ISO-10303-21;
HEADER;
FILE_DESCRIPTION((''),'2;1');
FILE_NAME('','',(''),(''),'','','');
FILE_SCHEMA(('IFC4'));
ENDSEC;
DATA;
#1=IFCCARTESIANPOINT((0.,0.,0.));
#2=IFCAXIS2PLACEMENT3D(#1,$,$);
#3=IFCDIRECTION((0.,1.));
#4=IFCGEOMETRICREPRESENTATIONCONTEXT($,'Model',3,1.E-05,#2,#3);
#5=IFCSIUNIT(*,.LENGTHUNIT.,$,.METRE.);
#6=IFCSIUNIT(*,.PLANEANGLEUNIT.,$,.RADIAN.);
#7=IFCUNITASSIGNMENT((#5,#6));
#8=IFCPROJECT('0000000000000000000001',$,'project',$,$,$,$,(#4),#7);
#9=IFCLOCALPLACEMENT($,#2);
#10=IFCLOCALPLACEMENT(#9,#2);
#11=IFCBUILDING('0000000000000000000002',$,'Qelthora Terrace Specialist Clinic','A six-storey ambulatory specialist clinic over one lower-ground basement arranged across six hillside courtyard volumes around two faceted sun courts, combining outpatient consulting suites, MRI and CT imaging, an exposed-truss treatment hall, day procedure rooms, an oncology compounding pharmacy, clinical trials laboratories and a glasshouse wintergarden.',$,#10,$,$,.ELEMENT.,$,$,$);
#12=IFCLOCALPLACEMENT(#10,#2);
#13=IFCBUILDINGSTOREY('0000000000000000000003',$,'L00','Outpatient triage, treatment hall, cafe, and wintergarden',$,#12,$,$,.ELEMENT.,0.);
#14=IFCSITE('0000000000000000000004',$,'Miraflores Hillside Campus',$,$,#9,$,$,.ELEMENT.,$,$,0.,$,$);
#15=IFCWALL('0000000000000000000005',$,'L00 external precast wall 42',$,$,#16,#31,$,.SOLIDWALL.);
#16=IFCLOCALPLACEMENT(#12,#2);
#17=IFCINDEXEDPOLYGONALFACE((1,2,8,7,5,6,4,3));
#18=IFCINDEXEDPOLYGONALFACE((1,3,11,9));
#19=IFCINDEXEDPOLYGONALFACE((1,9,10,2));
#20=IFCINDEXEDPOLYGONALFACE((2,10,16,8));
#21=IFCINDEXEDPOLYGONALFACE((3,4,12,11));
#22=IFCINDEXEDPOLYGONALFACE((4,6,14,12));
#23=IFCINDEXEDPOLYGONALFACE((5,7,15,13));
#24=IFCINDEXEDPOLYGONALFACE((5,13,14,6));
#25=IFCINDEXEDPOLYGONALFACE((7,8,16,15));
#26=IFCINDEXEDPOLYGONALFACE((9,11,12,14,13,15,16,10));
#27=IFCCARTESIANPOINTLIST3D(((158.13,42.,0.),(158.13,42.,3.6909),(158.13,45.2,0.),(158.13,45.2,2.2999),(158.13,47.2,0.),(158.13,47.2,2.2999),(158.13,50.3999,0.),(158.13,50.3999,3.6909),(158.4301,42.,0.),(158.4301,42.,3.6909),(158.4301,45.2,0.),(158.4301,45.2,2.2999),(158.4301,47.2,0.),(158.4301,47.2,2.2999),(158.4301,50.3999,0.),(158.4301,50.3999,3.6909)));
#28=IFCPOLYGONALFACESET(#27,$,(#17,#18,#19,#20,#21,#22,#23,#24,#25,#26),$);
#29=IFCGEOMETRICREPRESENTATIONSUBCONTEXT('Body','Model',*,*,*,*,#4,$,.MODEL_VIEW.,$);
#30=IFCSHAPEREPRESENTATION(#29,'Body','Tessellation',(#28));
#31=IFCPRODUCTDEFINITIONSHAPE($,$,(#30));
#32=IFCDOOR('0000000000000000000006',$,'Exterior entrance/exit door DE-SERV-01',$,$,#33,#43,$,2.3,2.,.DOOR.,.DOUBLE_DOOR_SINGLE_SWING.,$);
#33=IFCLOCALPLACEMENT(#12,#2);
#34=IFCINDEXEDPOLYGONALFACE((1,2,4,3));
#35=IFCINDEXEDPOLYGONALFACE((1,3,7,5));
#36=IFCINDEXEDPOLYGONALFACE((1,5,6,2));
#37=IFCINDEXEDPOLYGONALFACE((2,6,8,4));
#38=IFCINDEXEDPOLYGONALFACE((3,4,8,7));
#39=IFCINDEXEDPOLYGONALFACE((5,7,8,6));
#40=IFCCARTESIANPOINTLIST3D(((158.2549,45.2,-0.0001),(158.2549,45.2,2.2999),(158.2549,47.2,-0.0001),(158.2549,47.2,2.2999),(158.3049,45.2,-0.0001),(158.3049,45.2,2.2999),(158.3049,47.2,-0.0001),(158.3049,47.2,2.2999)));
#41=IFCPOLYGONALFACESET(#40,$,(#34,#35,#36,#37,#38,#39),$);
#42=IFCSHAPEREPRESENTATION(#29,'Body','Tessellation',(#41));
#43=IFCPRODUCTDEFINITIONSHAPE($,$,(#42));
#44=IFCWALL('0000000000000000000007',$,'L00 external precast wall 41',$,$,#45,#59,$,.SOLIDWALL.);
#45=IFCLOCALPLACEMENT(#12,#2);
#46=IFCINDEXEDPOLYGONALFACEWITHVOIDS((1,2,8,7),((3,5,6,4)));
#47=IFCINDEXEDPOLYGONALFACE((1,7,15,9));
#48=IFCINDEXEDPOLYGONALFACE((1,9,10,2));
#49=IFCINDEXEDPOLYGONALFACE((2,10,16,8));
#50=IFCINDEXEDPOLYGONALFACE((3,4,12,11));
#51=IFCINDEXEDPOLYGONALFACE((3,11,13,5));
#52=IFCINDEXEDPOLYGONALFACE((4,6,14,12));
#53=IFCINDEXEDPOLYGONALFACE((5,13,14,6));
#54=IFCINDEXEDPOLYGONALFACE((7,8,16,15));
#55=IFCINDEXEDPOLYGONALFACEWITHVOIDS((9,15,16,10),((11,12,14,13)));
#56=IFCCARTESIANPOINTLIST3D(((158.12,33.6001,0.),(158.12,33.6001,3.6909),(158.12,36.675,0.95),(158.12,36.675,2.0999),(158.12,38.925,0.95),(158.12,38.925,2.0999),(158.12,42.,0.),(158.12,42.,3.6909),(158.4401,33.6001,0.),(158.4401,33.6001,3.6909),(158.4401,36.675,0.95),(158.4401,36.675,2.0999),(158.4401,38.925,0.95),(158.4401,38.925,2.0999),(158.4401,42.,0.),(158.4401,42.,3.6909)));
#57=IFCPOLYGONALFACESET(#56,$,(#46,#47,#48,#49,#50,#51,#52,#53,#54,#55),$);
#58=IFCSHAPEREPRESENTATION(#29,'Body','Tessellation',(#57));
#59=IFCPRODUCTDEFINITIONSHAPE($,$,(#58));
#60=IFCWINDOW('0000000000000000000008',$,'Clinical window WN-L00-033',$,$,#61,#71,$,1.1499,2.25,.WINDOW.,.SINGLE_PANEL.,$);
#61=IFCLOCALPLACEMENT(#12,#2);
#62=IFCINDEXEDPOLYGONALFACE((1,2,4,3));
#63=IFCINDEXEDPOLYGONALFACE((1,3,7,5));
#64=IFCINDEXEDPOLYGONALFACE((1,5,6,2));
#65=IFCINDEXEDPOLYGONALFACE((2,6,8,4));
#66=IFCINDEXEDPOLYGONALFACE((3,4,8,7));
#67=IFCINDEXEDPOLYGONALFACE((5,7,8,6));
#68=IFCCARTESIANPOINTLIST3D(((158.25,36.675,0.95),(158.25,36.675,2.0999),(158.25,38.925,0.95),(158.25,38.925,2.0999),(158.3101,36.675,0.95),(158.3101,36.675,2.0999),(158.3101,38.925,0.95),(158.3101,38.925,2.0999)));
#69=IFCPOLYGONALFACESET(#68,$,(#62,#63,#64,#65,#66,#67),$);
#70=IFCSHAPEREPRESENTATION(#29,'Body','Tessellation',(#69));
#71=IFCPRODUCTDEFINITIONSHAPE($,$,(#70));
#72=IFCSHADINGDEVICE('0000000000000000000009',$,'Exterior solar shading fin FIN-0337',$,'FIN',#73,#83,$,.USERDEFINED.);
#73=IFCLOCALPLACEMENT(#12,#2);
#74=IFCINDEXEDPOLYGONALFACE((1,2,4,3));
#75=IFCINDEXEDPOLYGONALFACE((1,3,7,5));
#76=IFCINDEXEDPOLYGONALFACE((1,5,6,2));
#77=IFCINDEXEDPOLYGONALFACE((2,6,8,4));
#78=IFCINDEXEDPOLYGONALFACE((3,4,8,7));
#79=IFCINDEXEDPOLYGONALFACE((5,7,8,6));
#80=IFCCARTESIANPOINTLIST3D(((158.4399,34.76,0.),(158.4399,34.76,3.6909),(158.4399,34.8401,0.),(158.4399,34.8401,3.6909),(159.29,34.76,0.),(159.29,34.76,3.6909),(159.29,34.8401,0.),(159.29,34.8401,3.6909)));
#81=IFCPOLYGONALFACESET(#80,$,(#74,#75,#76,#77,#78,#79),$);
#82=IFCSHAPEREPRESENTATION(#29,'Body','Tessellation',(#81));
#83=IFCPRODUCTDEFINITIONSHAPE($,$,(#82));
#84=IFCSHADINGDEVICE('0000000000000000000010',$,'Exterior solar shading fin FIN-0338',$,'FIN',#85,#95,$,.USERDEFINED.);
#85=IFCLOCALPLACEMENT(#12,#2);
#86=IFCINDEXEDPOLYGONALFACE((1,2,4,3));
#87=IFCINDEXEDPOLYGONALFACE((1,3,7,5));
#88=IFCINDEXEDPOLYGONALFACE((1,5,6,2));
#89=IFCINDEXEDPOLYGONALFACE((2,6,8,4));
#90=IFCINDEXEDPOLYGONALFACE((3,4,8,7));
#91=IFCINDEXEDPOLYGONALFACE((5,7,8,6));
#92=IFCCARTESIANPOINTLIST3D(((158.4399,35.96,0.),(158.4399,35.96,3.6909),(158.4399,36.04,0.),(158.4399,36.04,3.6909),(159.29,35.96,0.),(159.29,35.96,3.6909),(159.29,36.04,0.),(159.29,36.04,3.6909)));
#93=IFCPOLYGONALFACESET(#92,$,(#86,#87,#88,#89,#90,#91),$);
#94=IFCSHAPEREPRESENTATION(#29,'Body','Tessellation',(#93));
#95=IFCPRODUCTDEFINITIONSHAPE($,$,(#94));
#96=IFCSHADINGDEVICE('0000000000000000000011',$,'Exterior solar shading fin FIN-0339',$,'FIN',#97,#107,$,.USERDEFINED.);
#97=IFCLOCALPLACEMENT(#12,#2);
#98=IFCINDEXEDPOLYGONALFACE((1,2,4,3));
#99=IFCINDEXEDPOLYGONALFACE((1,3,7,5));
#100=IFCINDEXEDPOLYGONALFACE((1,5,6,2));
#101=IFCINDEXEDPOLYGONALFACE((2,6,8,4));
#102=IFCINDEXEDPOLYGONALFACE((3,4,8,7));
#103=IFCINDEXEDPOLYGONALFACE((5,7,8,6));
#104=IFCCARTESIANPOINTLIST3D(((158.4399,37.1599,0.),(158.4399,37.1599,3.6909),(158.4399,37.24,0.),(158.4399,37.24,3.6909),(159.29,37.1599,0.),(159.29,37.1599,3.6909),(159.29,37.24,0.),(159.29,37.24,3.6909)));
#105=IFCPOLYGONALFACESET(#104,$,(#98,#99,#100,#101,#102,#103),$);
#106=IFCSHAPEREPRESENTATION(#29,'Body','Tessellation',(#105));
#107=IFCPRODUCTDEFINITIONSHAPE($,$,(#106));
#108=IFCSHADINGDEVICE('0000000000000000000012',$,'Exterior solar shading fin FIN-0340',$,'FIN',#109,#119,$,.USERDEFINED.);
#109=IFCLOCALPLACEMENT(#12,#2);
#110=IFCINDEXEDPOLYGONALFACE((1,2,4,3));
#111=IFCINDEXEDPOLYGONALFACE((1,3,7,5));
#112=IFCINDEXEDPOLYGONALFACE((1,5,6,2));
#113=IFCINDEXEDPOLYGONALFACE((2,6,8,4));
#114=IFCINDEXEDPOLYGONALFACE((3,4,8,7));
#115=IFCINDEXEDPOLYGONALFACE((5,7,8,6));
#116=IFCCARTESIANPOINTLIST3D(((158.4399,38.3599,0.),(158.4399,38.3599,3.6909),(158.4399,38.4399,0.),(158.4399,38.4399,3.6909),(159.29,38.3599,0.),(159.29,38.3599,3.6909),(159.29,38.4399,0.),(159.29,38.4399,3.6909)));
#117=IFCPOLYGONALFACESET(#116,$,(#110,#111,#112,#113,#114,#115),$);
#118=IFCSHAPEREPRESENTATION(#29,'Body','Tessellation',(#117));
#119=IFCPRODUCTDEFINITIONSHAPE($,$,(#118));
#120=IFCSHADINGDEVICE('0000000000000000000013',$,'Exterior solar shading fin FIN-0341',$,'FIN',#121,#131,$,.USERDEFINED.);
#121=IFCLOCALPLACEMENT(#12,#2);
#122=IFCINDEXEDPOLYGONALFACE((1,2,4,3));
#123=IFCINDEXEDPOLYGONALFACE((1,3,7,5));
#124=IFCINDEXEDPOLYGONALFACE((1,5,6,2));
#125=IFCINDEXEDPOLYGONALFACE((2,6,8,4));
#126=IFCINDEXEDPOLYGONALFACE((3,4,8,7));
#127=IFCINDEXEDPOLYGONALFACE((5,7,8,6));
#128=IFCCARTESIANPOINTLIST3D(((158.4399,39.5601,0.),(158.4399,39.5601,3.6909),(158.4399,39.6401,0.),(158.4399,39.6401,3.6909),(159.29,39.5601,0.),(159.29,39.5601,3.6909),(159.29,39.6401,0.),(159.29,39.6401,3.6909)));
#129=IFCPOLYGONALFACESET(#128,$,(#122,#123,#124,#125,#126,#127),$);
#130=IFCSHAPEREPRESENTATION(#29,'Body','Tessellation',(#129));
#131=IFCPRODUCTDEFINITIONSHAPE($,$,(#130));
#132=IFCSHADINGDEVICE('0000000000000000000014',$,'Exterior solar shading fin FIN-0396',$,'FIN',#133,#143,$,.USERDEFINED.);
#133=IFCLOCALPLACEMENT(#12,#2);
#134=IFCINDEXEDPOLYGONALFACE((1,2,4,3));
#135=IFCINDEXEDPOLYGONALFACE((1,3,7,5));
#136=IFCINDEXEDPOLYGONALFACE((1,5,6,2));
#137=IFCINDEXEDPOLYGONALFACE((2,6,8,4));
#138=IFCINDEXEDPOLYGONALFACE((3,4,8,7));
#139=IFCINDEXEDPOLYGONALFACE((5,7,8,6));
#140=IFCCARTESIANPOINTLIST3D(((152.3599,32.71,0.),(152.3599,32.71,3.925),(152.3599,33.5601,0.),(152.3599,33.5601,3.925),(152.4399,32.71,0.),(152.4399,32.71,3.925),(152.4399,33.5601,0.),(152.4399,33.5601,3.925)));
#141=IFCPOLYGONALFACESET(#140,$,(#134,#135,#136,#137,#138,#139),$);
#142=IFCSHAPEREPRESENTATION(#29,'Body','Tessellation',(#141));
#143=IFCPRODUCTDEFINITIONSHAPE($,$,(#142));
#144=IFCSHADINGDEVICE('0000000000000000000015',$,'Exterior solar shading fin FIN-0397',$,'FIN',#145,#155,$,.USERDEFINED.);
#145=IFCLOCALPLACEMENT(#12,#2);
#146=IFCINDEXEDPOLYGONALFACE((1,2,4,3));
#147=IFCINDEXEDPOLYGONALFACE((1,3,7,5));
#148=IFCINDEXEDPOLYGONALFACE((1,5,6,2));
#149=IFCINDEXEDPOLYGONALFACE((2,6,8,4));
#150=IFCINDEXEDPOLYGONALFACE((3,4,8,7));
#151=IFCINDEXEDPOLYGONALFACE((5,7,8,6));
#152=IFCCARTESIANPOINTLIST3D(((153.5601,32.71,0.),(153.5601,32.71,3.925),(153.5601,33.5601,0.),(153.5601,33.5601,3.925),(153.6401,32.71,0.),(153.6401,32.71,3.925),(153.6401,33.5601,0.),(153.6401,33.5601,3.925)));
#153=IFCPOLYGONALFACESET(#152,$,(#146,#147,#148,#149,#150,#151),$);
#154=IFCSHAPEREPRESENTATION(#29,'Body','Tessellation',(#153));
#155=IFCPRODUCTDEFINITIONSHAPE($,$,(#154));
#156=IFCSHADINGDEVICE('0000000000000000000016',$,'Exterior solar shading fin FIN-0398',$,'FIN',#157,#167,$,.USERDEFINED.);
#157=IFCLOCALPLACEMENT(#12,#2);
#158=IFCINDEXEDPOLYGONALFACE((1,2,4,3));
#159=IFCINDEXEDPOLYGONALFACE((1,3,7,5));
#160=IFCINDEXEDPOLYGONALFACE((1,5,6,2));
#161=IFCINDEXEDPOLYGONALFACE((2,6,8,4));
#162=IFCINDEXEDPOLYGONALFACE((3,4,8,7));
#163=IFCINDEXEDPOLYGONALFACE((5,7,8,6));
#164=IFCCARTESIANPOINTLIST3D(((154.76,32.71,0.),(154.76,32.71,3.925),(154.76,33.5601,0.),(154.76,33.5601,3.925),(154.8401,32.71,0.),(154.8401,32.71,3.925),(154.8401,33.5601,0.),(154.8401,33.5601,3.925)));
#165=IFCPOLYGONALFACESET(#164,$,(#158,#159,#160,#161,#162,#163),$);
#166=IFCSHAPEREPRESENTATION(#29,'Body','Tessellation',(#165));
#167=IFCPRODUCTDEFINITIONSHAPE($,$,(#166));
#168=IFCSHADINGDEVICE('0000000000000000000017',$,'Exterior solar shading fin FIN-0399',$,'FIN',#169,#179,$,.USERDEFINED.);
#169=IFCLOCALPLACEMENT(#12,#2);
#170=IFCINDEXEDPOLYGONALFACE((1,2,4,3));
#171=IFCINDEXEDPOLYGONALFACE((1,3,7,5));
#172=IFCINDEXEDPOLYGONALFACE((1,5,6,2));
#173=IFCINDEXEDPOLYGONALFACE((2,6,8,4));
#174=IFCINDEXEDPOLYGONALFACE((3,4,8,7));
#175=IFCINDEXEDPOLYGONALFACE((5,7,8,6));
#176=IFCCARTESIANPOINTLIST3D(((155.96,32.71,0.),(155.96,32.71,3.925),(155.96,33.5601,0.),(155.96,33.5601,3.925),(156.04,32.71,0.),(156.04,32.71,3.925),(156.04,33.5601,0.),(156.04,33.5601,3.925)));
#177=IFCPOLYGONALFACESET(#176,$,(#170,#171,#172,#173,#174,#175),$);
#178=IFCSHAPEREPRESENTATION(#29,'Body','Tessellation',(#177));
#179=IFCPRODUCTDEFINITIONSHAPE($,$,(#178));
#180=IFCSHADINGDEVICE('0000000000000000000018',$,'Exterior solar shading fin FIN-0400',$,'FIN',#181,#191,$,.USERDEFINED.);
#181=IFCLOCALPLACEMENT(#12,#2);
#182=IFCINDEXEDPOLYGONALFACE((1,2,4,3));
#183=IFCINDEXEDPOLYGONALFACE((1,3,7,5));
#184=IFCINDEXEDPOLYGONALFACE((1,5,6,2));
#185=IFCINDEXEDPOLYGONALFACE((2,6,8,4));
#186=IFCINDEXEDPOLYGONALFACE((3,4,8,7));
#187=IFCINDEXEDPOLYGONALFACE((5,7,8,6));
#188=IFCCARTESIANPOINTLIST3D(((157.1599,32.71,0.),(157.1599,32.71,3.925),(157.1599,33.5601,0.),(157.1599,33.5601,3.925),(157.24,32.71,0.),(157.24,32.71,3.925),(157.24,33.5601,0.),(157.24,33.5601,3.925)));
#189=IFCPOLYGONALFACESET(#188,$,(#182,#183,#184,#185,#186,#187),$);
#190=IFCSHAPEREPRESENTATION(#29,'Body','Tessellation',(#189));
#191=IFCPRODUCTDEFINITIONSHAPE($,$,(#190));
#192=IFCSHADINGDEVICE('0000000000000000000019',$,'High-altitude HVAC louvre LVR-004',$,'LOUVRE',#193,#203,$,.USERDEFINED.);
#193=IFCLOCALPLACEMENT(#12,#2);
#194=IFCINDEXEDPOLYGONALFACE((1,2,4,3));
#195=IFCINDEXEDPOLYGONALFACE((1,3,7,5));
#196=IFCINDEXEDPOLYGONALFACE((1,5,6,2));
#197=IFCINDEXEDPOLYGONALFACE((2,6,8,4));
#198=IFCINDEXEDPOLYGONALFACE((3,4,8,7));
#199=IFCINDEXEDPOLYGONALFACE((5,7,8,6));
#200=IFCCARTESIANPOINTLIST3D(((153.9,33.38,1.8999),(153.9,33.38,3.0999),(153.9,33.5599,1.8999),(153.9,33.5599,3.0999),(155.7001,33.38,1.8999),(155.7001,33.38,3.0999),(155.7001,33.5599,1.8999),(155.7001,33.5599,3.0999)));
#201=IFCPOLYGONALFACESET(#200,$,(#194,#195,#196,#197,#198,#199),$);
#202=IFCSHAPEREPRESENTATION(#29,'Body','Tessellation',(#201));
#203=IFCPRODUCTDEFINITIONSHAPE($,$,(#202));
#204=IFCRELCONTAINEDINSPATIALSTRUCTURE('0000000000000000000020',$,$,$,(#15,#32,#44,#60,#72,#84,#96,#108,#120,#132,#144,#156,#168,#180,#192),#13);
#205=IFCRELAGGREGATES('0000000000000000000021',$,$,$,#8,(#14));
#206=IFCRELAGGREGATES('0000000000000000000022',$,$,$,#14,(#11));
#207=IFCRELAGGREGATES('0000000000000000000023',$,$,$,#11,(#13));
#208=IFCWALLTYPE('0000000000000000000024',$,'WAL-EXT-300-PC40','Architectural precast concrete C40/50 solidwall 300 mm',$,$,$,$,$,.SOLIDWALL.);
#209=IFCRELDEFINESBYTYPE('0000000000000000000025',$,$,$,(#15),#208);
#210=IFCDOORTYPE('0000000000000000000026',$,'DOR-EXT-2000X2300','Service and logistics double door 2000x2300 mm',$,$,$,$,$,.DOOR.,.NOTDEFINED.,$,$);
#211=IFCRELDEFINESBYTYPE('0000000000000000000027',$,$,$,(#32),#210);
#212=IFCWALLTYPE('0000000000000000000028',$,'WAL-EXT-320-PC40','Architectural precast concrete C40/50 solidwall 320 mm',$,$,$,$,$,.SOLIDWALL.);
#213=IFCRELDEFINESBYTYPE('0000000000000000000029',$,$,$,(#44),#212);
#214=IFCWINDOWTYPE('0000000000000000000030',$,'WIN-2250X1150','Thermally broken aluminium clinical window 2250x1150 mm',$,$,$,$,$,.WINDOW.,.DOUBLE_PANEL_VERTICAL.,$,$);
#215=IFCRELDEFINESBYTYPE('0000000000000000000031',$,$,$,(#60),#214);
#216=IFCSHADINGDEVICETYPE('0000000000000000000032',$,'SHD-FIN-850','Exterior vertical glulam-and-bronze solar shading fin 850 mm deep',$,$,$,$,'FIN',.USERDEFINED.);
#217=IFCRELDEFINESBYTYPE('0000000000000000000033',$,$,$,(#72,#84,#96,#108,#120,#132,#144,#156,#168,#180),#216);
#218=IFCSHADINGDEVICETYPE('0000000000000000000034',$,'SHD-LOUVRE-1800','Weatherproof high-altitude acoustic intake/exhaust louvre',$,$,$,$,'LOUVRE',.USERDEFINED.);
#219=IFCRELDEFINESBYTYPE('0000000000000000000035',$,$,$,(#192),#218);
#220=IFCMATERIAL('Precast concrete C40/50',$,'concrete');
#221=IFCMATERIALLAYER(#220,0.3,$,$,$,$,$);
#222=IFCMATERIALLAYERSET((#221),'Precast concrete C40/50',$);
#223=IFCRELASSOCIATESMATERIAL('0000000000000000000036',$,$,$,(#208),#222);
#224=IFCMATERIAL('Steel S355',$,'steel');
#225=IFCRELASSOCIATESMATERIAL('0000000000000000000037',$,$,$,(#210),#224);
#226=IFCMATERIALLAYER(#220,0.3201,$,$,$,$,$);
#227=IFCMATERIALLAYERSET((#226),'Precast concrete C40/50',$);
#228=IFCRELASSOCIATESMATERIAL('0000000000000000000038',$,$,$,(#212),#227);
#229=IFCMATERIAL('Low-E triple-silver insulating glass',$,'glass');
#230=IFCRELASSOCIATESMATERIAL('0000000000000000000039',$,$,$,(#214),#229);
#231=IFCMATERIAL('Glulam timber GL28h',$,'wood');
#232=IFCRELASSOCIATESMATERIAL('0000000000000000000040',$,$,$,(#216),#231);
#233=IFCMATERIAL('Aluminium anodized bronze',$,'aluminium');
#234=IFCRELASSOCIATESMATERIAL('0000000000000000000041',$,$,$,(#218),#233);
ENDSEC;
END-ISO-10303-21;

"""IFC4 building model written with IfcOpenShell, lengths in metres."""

from ifc_helpers import new_model, si_unit, direction, frame, frame_2d, origin, origin_2d, place, context, subcontext, project, spatial, rectangle, extrude, material, layer, layer_set, type_object, element, fill, save


model = new_model("IFC4")

# Units and contexts
model_context = context("Model", 3, precision=1e-05, world=origin(), true_north=direction((0.0, 1.0)))
body_context = subcontext(model_context, "Body", "Model", "MODEL_VIEW")
ifc_project = project(units=[si_unit("LENGTHUNIT", "METRE"), si_unit("PLANEANGLEUNIT", "RADIAN")], contexts=[model_context])

# Site, building, storey
site_placement = place(None, origin())
site = spatial("IfcSite", under=ifc_project, at=site_placement, Name="Miraflores Hillside Campus", CompositionType="ELEMENT", RefElevation=0.0)
building_placement = place(site_placement, origin())
building = spatial("IfcBuilding", under=site, at=building_placement, Name="Qelthora Terrace Specialist Clinic", Description="A six-storey ambulatory specialist clinic over one lower-ground basement arranged across six hillside courtyard volumes around two faceted sun courts, combining outpatient consulting suites, MRI and CT imaging, an exposed-truss treatment hall, day procedure rooms, an oncology compounding pharmacy, clinical trials laboratories and a glasshouse wintergarden.", CompositionType="ELEMENT")
storey_placement = place(building_placement, origin())
storey = spatial("IfcBuildingStorey", under=building, at=storey_placement, Name="L00", Description="Outpatient triage, treatment hall, cafe, and wintergarden", CompositionType="ELEMENT", Elevation=0.0)

# Shared definitions
ifc_material_1 = material(Name="Steel S355", Category="steel")

# Shared definitions
ifc_material_2 = material(Name="Aluminium anodized bronze", Category="aluminium")

# Wall, opening, door
ifc_material_3 = material(Name="Precast concrete C40/50", Category="concrete")
ifc_layer_1 = layer(ifc_material_3, 0.3)
ifc_layer_set_1 = layer_set([ifc_layer_1], Name="Precast concrete C40/50")
wall_type_1 = type_object("IfcWallType", Name="WAL-EXT-300-PC40", Description="Architectural precast concrete C40/50 solidwall 300 mm", PredefinedType="SOLIDWALL", material=ifc_layer_set_1)
wall_1_placement = place(storey_placement, frame((158.28, 42.0, 0.0), z_axis=(0.0, 0.0, 1.0), x_axis=(0.0, 1.0, 0.0)))
wall_1 = element("IfcWall", 1, at=wall_1_placement, inside=storey, type_object=wall_type_1, Name="L00 external precast wall 42", PredefinedType="SOLIDWALL", context=body_context, shape_type="SweptSolid", body=[
    extrude(rectangle(XDim=8.3999, YDim=0.3, at=frame_2d((4.2, 0.0))), origin(), (0.0, 0.0, 1.0), 3.6909),
])
opening_1_placement = place(wall_1_placement, frame((3.2, 0.0, 0.0)))
opening_1 = element("IfcOpeningElement", 2, at=opening_1_placement, cuts=wall_1, PredefinedType="OPENING", context=body_context, shape_type="SweptSolid", body=[
    extrude(rectangle(XDim=2.0, YDim=2.3, at=frame_2d((1.0, 1.1499))), frame((0.0, 0.1599, 0.0), z_axis=(0.0, -1.0, 0.0), x_axis=(1.0, 0.0, 0.0)), (0.0, 0.0, 1.0), 0.3201),
])
door_type = type_object("IfcDoorType", Name="DOR-EXT-2000X2300", Description="Service and logistics double door 2000x2300 mm", OperationType="NOTDEFINED", PredefinedType="DOOR", material=ifc_material_1)
door_placement = place(opening_1_placement, frame((2.0, 0.0, 0.0), z_axis=(0.0, 0.0, 1.0), x_axis=(-1.0, 0.0, 0.0)))
door = element("IfcDoor", 3, at=door_placement, inside=storey, type_object=door_type, Name="Exterior entrance/exit door DE-SERV-01", OperationType="DOUBLE_DOOR_SINGLE_SWING", OverallHeight=2.3, OverallWidth=2.0, PredefinedType="DOOR", context=body_context, shape_type="SweptSolid", body=[
    extrude(rectangle(XDim=2.0, YDim=2.3, at=frame_2d((1.0, 1.1499))), frame((0.0, 0.0249, 0.0), z_axis=(0.0, -1.0, 0.0), x_axis=(1.0, 0.0, 0.0)), (0.0, 0.0, 1.0), 0.05),
])
fill(opening_1, door)

# Wall, opening, window
ifc_layer_2 = layer(ifc_material_3, 0.3201)
ifc_layer_set_2 = layer_set([ifc_layer_2], Name="Precast concrete C40/50")
wall_type_2 = type_object("IfcWallType", Name="WAL-EXT-320-PC40", Description="Architectural precast concrete C40/50 solidwall 320 mm", PredefinedType="SOLIDWALL", material=ifc_layer_set_2)
wall_2_placement = place(storey_placement, frame((158.28, 33.6001, 0.0), z_axis=(0.0, 0.0, 1.0), x_axis=(0.0, 1.0, 0.0)))
wall_2 = element("IfcWall", 4, at=wall_2_placement, inside=storey, type_object=wall_type_2, Name="L00 external precast wall 41", PredefinedType="SOLIDWALL", context=body_context, shape_type="SweptSolid", body=[
    extrude(rectangle(XDim=8.3999, YDim=0.3201, at=frame_2d((4.2, 0.0))), origin(), (0.0, 0.0, 1.0), 3.6909),
])
opening_2_placement = place(wall_2_placement, frame((3.075, 0.0, 0.95)))
opening_2 = element("IfcOpeningElement", 5, at=opening_2_placement, cuts=wall_2, PredefinedType="OPENING", context=body_context, shape_type="SweptSolid", body=[
    extrude(rectangle(XDim=2.25, YDim=1.1499, at=frame_2d((1.125, 0.575))), frame((0.0, 0.1699, 0.0), z_axis=(0.0, -1.0, 0.0), x_axis=(1.0, 0.0, 0.0)), (0.0, 0.0, 1.0), 0.3401),
])
ifc_material_4 = material(Name="Low-E triple-silver insulating glass", Category="glass")
window_type = type_object("IfcWindowType", Name="WIN-2250X1150", Description="Thermally broken aluminium clinical window 2250x1150 mm", PartitioningType="DOUBLE_PANEL_VERTICAL", PredefinedType="WINDOW", material=ifc_material_4)
window_placement = place(opening_2_placement, origin())
window = element("IfcWindow", 6, at=window_placement, inside=storey, type_object=window_type, Name="Clinical window WN-L00-033", OverallHeight=1.1499, OverallWidth=2.25, PartitioningType="SINGLE_PANEL", PredefinedType="WINDOW", context=body_context, shape_type="SweptSolid", body=[
    extrude(rectangle(XDim=2.25, YDim=1.1499, at=frame_2d((1.125, 0.575))), frame((0.0, 0.03, 0.0), z_axis=(0.0, -1.0, 0.0), x_axis=(1.0, 0.0, 0.0)), (0.0, 0.0, 1.0), 0.0601),
])
fill(opening_2, window)

# Shading devices
ifc_material_5 = material(Name="Glulam timber GL28h", Category="wood")
shading_device_type_1 = type_object("IfcShadingDeviceType", Name="SHD-FIN-850", Description="Exterior vertical glulam-and-bronze solar shading fin 850 mm deep", ElementType="FIN", PredefinedType="USERDEFINED", material=ifc_material_5)
for number, where, z_axis, x_axis, name in (
    (7, (158.865, 34.8, 0.0), (0.0, 0.0, 1.0), (1.0, 0.0, 0.0), "Exterior solar shading fin FIN-0337"),
    (8, (158.865, 36.0, 0.0), (0.0, 0.0, 1.0), (1.0, 0.0, 0.0), "Exterior solar shading fin FIN-0338"),
    (9, (158.865, 37.2, 0.0), (0.0, 0.0, 1.0), (1.0, 0.0, 0.0), "Exterior solar shading fin FIN-0339"),
    (10, (158.865, 38.3999, 0.0), (0.0, 0.0, 1.0), (1.0, 0.0, 0.0), "Exterior solar shading fin FIN-0340"),
    (11, (158.865, 39.6001, 0.0), (0.0, 0.0, 1.0), (1.0, 0.0, 0.0), "Exterior solar shading fin FIN-0341"),
):
    element("IfcShadingDevice", number, at=place(storey_placement, frame(where, z_axis=z_axis, x_axis=x_axis)), inside=storey, type_object=shading_device_type_1, Name=name, ObjectType="FIN", PredefinedType="USERDEFINED", context=body_context, shape_type="SweptSolid", body=[
        extrude(rectangle(XDim=0.8501, YDim=0.0801, at=origin_2d()), origin(), (0.0, 0.0, 1.0), 3.6909),
    ])
for number, where, z_axis, x_axis, name in (
    (12, (152.3999, 33.135, 0.0), (0.0, 0.0, 1.0), (0.0, -1.0, 0.0), "Exterior solar shading fin FIN-0396"),
    (13, (153.6001, 33.135, 0.0), (0.0, 0.0, 1.0), (0.0, -1.0, 0.0), "Exterior solar shading fin FIN-0397"),
    (14, (154.8, 33.135, 0.0), (0.0, 0.0, 1.0), (0.0, -1.0, 0.0), "Exterior solar shading fin FIN-0398"),
    (15, (156.0, 33.135, 0.0), (0.0, 0.0, 1.0), (0.0, -1.0, 0.0), "Exterior solar shading fin FIN-0399"),
    (16, (157.2, 33.135, 0.0), (0.0, 0.0, 1.0), (0.0, -1.0, 0.0), "Exterior solar shading fin FIN-0400"),
):
    element("IfcShadingDevice", number, at=place(storey_placement, frame(where, z_axis=z_axis, x_axis=x_axis)), inside=storey, type_object=shading_device_type_1, Name=name, ObjectType="FIN", PredefinedType="USERDEFINED", context=body_context, shape_type="SweptSolid", body=[
        extrude(rectangle(XDim=0.8501, YDim=0.0801, at=origin_2d()), origin(), (0.0, 0.0, 1.0), 3.925),
    ])
shading_device_type_2 = type_object("IfcShadingDeviceType", Name="SHD-LOUVRE-1800", Description="Weatherproof high-altitude acoustic intake/exhaust louvre", ElementType="LOUVRE", PredefinedType="USERDEFINED", material=ifc_material_2)
shading_device_placement = place(storey_placement, frame((154.8, 33.47, 1.8999), z_axis=(0.0, 0.0, 1.0), x_axis=(1.0, 0.0, 0.0)))
element("IfcShadingDevice", 17, at=shading_device_placement, inside=storey, type_object=shading_device_type_2, Name="High-altitude HVAC louvre LVR-004", ObjectType="LOUVRE", PredefinedType="USERDEFINED", context=body_context, shape_type="SweptSolid", body=[
    extrude(rectangle(XDim=1.8, YDim=0.1799, at=origin_2d()), origin(), (0.0, 0.0, 1.0), 1.2),
])

save(model, "model.ifc")
